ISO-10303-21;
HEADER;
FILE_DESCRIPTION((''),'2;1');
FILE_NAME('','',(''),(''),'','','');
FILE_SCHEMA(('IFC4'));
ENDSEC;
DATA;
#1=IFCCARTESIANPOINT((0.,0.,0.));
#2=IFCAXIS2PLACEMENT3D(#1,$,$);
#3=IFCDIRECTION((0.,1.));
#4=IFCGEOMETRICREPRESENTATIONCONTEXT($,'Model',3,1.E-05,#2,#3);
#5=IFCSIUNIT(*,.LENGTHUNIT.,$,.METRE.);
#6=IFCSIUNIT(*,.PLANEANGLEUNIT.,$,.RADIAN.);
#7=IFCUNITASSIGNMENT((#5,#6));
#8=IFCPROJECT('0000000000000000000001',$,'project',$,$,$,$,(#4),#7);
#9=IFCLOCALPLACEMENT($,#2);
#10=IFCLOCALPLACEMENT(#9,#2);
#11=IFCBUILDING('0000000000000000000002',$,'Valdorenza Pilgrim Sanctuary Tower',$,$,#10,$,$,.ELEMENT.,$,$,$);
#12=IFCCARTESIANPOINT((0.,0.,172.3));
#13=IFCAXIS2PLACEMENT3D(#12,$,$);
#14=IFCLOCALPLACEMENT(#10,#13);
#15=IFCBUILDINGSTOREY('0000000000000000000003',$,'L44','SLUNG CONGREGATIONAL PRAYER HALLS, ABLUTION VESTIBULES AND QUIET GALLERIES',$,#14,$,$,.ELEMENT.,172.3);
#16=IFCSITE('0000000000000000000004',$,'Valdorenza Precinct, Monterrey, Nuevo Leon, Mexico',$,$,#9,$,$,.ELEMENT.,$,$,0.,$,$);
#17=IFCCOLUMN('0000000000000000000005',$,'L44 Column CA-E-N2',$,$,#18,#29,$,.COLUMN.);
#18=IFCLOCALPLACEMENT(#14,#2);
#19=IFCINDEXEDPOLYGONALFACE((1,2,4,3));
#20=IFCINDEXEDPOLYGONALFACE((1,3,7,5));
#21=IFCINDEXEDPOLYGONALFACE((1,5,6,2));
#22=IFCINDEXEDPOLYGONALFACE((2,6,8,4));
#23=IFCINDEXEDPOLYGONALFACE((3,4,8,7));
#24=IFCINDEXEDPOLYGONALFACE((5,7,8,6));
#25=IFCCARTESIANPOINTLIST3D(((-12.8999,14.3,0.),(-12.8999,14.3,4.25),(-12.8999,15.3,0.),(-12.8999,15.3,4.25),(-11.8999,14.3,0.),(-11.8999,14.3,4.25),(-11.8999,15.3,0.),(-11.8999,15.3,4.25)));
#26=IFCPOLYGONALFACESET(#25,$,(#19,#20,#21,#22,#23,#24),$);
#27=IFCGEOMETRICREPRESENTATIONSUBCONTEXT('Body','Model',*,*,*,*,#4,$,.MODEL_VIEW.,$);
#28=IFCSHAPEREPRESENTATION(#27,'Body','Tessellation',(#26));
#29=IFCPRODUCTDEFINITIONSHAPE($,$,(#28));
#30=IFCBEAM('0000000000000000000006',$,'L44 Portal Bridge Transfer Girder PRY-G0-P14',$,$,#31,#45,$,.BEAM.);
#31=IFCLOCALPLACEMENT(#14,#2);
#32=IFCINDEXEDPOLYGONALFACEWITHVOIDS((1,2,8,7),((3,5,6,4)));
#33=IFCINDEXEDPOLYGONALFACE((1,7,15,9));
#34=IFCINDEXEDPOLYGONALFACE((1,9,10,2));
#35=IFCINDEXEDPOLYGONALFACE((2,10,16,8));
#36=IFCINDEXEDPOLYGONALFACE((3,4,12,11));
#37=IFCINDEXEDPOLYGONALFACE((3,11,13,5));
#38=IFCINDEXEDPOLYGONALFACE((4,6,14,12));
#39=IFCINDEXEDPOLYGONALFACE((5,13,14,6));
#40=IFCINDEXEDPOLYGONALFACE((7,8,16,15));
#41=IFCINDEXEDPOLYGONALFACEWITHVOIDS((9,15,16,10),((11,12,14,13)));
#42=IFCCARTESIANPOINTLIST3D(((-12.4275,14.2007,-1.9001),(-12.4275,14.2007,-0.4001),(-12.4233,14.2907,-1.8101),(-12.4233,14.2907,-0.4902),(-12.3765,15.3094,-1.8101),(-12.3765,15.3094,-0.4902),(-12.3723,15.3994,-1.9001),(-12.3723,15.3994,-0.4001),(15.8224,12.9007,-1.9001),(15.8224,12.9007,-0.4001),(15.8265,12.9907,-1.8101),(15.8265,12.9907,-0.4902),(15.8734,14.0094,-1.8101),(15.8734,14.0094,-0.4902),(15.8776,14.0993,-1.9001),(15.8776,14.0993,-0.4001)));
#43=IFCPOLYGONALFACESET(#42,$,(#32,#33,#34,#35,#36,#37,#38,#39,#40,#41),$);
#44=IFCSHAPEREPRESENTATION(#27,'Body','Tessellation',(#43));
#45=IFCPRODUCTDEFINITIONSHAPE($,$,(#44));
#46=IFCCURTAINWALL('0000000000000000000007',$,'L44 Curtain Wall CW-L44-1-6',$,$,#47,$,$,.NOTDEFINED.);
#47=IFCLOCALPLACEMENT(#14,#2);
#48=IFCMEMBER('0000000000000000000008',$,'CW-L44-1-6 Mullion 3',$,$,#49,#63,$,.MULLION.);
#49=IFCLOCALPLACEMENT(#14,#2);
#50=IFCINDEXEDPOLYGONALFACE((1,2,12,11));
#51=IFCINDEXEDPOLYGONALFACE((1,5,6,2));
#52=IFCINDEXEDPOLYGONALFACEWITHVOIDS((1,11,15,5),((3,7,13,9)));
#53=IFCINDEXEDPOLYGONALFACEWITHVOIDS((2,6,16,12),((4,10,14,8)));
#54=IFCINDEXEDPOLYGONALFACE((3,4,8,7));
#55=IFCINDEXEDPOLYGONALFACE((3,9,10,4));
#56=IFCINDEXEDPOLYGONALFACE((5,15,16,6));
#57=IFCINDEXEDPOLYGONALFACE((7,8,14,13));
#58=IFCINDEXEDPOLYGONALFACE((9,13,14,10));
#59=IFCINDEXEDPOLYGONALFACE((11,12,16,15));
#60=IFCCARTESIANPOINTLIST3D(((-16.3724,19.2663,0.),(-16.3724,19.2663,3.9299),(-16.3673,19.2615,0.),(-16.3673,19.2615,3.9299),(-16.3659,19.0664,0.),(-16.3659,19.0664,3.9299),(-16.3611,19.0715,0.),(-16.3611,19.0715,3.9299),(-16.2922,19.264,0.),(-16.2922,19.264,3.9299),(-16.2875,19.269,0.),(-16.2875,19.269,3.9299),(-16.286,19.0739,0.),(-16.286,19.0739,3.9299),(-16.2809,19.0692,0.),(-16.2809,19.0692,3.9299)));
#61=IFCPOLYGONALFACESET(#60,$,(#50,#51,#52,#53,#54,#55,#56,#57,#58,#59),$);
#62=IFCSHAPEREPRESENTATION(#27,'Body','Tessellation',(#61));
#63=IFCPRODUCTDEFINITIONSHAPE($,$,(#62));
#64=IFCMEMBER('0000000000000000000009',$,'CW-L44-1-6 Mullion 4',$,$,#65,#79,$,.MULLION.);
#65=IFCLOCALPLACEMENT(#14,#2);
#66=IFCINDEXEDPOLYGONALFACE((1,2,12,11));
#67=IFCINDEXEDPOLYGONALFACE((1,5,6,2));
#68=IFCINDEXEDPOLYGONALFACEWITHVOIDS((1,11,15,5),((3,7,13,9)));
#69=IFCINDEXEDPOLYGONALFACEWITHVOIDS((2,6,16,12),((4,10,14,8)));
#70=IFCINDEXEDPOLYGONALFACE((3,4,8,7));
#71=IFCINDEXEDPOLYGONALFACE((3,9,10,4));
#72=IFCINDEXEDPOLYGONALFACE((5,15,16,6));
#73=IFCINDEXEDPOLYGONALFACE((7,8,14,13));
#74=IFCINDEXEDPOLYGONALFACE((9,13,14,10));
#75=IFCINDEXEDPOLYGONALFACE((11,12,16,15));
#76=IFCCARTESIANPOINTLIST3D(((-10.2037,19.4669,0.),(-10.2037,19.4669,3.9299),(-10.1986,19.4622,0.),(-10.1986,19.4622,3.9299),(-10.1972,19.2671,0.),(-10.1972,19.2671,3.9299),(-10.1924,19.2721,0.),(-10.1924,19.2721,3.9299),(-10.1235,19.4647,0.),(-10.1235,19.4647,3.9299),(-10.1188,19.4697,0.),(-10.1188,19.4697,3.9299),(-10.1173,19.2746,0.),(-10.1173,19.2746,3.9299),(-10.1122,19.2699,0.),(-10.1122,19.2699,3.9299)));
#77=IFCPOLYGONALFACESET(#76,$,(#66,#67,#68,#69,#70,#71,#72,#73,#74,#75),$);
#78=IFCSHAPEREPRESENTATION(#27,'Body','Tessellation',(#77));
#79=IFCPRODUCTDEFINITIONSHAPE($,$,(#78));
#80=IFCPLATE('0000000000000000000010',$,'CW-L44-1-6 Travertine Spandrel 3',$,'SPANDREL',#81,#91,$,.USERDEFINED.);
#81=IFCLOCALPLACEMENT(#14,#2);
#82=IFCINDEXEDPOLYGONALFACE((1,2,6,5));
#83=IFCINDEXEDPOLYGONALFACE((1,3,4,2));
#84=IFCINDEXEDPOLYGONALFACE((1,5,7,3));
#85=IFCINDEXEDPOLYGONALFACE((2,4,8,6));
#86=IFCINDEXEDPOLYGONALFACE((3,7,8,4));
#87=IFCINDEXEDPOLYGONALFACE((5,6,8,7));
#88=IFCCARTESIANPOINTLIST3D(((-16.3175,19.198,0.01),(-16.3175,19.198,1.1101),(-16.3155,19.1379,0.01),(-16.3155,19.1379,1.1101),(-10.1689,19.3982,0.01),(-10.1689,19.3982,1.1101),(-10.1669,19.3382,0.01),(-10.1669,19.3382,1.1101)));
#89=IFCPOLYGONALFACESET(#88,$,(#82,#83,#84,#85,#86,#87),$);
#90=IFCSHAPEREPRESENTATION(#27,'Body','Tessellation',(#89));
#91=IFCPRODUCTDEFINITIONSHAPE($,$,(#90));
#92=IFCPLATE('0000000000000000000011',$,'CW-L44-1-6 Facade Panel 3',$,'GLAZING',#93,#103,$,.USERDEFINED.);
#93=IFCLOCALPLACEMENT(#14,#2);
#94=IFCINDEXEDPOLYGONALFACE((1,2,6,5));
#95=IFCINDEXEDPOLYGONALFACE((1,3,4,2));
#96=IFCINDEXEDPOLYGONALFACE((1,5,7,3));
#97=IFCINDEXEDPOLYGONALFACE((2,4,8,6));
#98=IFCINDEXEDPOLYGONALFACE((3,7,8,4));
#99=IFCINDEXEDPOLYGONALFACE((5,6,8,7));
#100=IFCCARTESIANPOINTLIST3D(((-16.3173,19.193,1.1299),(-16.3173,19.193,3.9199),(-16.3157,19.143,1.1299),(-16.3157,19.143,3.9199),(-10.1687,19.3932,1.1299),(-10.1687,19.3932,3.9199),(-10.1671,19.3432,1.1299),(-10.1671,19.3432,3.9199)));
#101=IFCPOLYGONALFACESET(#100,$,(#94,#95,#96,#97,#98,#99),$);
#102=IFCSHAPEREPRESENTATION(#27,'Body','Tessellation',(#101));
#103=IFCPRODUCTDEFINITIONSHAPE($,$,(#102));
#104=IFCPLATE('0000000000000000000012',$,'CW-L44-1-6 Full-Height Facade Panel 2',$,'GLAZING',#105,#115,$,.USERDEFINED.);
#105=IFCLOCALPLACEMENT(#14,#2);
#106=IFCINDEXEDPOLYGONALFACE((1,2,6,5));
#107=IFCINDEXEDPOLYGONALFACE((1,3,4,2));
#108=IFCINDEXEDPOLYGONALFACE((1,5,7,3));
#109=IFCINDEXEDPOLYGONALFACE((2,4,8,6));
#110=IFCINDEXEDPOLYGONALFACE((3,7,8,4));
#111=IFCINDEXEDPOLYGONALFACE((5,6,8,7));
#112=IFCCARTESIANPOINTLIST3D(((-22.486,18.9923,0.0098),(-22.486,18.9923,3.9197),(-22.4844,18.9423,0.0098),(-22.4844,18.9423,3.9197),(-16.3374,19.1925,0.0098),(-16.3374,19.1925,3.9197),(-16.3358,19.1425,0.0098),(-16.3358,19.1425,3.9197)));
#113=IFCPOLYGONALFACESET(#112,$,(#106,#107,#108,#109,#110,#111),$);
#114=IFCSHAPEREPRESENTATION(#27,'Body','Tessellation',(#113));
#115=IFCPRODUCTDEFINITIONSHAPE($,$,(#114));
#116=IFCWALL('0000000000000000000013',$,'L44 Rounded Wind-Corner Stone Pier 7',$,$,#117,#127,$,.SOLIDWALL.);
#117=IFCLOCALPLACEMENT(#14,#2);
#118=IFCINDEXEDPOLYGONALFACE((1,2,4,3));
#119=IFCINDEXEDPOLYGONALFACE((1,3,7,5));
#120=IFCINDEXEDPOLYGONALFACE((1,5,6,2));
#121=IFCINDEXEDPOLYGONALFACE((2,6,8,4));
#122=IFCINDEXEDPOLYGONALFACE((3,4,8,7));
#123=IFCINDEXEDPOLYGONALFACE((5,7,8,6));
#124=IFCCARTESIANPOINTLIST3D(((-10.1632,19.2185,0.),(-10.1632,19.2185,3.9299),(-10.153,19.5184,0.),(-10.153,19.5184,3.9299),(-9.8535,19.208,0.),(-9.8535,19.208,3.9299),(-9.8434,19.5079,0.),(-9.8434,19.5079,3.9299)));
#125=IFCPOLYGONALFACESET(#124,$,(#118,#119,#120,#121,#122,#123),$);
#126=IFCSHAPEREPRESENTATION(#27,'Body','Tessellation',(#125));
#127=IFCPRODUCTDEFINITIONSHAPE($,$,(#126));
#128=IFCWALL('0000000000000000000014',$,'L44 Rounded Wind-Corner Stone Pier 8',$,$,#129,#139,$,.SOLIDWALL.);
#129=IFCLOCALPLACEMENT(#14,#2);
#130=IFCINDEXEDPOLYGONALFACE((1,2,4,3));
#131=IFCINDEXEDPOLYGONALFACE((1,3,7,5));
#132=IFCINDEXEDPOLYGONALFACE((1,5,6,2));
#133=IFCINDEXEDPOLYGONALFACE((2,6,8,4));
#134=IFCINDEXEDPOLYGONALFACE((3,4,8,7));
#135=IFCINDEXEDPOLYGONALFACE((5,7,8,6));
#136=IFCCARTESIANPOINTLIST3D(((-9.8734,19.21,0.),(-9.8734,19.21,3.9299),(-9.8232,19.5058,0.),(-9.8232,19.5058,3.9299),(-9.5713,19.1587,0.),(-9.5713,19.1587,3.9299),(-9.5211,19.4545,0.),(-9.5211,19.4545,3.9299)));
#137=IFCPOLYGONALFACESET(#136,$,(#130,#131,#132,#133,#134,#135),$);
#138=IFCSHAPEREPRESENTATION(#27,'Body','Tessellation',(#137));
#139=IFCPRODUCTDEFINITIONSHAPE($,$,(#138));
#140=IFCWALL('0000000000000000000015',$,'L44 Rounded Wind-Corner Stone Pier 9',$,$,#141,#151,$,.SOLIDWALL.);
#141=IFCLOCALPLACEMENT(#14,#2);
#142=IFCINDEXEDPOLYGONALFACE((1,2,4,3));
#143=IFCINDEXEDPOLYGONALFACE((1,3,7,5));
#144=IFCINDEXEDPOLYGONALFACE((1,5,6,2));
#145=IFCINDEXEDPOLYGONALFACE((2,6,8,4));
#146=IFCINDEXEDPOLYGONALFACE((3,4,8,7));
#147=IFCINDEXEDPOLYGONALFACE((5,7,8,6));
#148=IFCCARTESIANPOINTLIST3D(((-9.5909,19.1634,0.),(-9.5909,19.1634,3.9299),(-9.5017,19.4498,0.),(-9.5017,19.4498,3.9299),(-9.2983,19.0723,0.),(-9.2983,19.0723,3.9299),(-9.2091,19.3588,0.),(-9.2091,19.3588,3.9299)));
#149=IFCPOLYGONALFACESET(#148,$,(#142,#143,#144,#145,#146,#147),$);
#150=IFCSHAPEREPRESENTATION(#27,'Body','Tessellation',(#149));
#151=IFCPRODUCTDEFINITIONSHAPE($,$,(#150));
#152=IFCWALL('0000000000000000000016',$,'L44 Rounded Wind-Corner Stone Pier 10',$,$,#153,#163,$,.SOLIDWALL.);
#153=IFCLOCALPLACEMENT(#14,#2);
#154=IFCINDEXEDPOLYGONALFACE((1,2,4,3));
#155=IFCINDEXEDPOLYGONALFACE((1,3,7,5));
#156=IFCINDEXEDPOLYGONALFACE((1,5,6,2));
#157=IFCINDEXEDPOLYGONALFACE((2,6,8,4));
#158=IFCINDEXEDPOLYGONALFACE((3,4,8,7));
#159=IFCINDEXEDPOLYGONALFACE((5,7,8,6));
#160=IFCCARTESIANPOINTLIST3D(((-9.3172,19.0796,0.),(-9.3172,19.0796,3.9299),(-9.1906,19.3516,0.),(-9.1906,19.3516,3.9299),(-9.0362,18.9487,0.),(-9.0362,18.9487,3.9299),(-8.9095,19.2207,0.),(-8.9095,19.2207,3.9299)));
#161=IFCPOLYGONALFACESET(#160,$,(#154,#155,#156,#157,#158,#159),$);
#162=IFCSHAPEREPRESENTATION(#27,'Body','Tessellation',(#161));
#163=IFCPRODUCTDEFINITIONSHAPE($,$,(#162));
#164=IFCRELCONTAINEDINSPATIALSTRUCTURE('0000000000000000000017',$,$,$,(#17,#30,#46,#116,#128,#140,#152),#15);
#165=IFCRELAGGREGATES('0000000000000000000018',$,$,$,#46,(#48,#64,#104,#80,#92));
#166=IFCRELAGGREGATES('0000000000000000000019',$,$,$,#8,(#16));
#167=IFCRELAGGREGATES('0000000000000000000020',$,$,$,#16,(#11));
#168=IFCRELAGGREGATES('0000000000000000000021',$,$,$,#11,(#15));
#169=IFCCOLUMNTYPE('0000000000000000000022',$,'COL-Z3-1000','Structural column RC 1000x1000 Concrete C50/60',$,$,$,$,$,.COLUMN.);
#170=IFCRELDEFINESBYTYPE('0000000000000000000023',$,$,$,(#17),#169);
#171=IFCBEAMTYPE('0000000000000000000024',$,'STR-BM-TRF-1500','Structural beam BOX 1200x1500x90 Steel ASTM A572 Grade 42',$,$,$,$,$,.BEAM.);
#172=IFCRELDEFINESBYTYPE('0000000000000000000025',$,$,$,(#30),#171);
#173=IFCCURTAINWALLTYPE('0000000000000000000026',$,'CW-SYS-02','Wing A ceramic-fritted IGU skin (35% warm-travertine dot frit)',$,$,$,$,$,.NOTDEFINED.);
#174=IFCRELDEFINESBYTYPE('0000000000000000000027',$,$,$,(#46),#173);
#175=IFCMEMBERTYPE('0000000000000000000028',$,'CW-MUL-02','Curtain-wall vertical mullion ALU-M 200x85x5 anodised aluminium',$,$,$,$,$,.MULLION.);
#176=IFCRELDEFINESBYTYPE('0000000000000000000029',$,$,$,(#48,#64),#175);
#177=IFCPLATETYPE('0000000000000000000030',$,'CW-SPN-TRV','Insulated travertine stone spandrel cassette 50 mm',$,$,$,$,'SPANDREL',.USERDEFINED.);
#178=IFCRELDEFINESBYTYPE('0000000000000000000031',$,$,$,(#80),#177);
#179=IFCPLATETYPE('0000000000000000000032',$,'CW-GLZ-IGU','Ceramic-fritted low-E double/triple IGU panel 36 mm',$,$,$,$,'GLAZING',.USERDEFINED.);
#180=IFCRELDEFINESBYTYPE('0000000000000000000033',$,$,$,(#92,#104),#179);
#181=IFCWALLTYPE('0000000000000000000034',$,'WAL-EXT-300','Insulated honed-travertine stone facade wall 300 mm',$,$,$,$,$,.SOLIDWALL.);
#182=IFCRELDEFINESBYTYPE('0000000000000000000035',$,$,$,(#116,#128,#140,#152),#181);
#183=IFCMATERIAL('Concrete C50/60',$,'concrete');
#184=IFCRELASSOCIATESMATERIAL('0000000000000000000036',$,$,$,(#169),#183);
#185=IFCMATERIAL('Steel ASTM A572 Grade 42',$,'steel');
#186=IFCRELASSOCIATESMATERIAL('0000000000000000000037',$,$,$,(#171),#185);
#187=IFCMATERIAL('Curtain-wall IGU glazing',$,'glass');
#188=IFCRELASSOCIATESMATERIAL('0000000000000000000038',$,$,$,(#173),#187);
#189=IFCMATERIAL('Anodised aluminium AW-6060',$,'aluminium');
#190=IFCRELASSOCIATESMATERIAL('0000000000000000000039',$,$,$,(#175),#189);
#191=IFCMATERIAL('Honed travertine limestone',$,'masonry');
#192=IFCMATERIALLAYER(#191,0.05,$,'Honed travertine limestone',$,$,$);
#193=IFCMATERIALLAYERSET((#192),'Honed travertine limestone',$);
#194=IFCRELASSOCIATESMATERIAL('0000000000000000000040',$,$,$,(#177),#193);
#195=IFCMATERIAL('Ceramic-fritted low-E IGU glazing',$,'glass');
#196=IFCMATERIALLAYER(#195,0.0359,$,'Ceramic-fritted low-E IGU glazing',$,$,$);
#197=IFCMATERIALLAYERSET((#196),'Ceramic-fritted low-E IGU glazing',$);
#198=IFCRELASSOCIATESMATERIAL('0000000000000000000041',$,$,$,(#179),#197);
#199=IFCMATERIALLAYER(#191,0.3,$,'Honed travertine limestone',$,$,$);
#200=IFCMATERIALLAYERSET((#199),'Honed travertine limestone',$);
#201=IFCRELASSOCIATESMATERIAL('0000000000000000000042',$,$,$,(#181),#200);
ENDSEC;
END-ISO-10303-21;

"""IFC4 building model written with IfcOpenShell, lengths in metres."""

from ifc_helpers import new_model, si_unit, direction, frame, frame_2d, origin, origin_2d, place, context, subcontext, project, spatial, rectangle, hollow_rectangle, extrude, source, transform, mapped, material, layer, layer_set, material_profile, profile_set, type_object, element, aggregate, save


model = new_model("IFC4")

# Units and contexts
model_context = context("Model", 3, precision=1e-05, world=origin(), true_north=direction((0.0, 1.0)))
body_context = subcontext(model_context, "Body", "Model", "MODEL_VIEW")
ifc_project = project(units=[si_unit("LENGTHUNIT", "METRE"), si_unit("PLANEANGLEUNIT", "RADIAN")], contexts=[model_context])

# Site, building, storey
site_placement = place(None, origin())
site = spatial("IfcSite", under=ifc_project, at=site_placement, Name="Valdorenza Precinct, Monterrey, Nuevo Leon, Mexico", CompositionType="ELEMENT", RefElevation=0.0)
building_placement = place(site_placement, origin())
building = spatial("IfcBuilding", under=site, at=building_placement, Name="Valdorenza Pilgrim Sanctuary Tower", CompositionType="ELEMENT")
storey_placement = place(building_placement, frame((0.0, 0.0, 172.3)))
storey = spatial("IfcBuildingStorey", under=building, at=storey_placement, Name="L44", Description="SLUNG CONGREGATIONAL PRAYER HALLS, ABLUTION VESTIBULES AND QUIET GALLERIES", CompositionType="ELEMENT", Elevation=172.3)

# Column
ifc_material_1 = material(Name="Concrete C50/60", Category="concrete")
ifc_material_profile_1 = material_profile(ifc_material_1, rectangle(XDim=1.0, YDim=1.0, at=origin_2d()), Name="RC 1000x1000")
ifc_profile_set_1 = profile_set([ifc_material_profile_1], Name="Concrete C50/60")
column_type = type_object("IfcColumnType", Name="COL-Z3-1000", Description="Structural column RC 1000x1000 Concrete C50/60", PredefinedType="COLUMN", material=ifc_profile_set_1)
shared_shape_1 = source(origin(), body_context, "Body", "SweptSolid", [
    extrude(rectangle(XDim=1.0, YDim=1.0, at=origin_2d()), origin(), (0.0, 0.0, 1.0), 4.25),
])
column_placement = place(storey_placement, frame((-12.3999, 14.8, 0.0), z_axis=(0.0, 0.0, 1.0), x_axis=(1.0, 0.0, 0.0)))
element("IfcColumn", 1, at=column_placement, inside=storey, type_object=column_type, Name="L44 Column CA-E-N2", PredefinedType="COLUMN", context=body_context, shape_type="MappedRepresentation", body=[
    mapped(shared_shape_1, transform((0.0, 0.0, 0.0), x_axis=(1.0, 0.0, 0.0), y_axis=(0.0, 1.0, 0.0), z_axis=(0.0, 0.0, 1.0), scale=1.0)),
])

# Beam
ifc_material_2 = material(Name="Steel ASTM A572 Grade 42", Category="steel")
ifc_material_profile_2 = material_profile(ifc_material_2, hollow_rectangle(XDim=1.2, YDim=1.5, WallThickness=0.0901, at=origin_2d()), Name="BOX 1200x1500x90")
ifc_profile_set_2 = profile_set([ifc_material_profile_2], Name="Steel ASTM A572 Grade 42")
beam_type = type_object("IfcBeamType", Name="STR-BM-TRF-1500", Description="Structural beam BOX 1200x1500x90 Steel ASTM A572 Grade 42", PredefinedType="BEAM", material=ifc_profile_set_2)
shared_shape_2 = source(origin(), body_context, "Body", "SweptSolid", [
    extrude(hollow_rectangle(XDim=1.2, YDim=1.5, WallThickness=0.0901, at=origin_2d()), origin(), (0.0, 0.0, 1.0), 28.2798),
])
beam_placement = place(storey_placement, frame((-12.3999, 14.8, -1.1501), z_axis=(0.998943, -0.045971, 0.0), x_axis=(0.045971, 0.998943, 0.0)))
element("IfcBeam", 2, at=beam_placement, inside=storey, type_object=beam_type, Name="L44 Portal Bridge Transfer Girder PRY-G0-P14", PredefinedType="BEAM", context=body_context, shape_type="MappedRepresentation", body=[
    mapped(shared_shape_2, transform((0.0, 0.0, 0.0), x_axis=(1.0, 0.0, 0.0), y_axis=(0.0, 1.0, 0.0), z_axis=(0.0, 0.0, 1.0), scale=1.0)),
])

# Curtain wall, members, plates
ifc_material_3 = material(Name="Curtain-wall IGU glazing", Category="glass")
curtain_wall_type = type_object("IfcCurtainWallType", Name="CW-SYS-02", Description="Wing A ceramic-fritted IGU skin (35% warm-travertine dot frit)", PredefinedType="NOTDEFINED", material=ifc_material_3)
curtain_wall_placement = place(storey_placement, origin())
curtain_wall = element("IfcCurtainWall", 3, at=curtain_wall_placement, inside=storey, type_object=curtain_wall_type, Name="L44 Curtain Wall CW-L44-1-6", PredefinedType="NOTDEFINED")
ifc_material_4 = material(Name="Anodised aluminium AW-6060", Category="aluminium")
ifc_material_profile_3 = material_profile(ifc_material_4, hollow_rectangle(XDim=0.085, YDim=0.2, WallThickness=0.0049, at=origin_2d()), Name="ALU-M 200x85x5")
ifc_profile_set_3 = profile_set([ifc_material_profile_3], Name="Anodised aluminium AW-6060")
member_type = type_object("IfcMemberType", Name="CW-MUL-02", Description="Curtain-wall vertical mullion ALU-M 200x85x5 anodised aluminium", PredefinedType="MULLION", material=ifc_profile_set_3)
shared_shape_3 = source(origin(), body_context, "Body", "SweptSolid", [
    extrude(hollow_rectangle(XDim=0.085, YDim=0.2, WallThickness=0.0049, at=origin_2d()), origin(), (0.0, 0.0, 1.0), 3.9299),
])
member_1_placement = place(storey_placement, frame((-16.3267, 19.1677, 0.0), z_axis=(0.0, 0.0, 1.0), x_axis=(0.99947, 0.032545, 0.0)))
member_1 = element("IfcMember", 4, at=member_1_placement, type_object=member_type, Name="CW-L44-1-6 Mullion 3", PredefinedType="MULLION", context=body_context, shape_type="MappedRepresentation", body=[
    mapped(shared_shape_3, transform((0.0, 0.0, 0.0), x_axis=(1.0, 0.0, 0.0), y_axis=(0.0, 1.0, 0.0), z_axis=(0.0, 0.0, 1.0), scale=1.0)),
])
member_2_placement = place(storey_placement, frame((-10.158, 19.3684, 0.0), z_axis=(0.0, 0.0, 1.0), x_axis=(0.99947, 0.032545, 0.0)))
member_2 = element("IfcMember", 5, at=member_2_placement, type_object=member_type, Name="CW-L44-1-6 Mullion 4", PredefinedType="MULLION", context=body_context, shape_type="MappedRepresentation", body=[
    mapped(shared_shape_3, transform((0.0, 0.0, 0.0), x_axis=(1.0, 0.0, 0.0), y_axis=(0.0, 1.0, 0.0), z_axis=(0.0, 0.0, 1.0), scale=1.0)),
])
ifc_material_5 = material(Name="Honed travertine limestone", Category="masonry")
ifc_layer_1 = layer(ifc_material_5, 0.05, Name="Honed travertine limestone")
ifc_layer_set_1 = layer_set([ifc_layer_1], Name="Honed travertine limestone")
plate_type_1 = type_object("IfcPlateType", Name="CW-SPN-TRV", Description="Insulated travertine stone spandrel cassette 50 mm", ElementType="SPANDREL", PredefinedType="USERDEFINED", material=ifc_layer_set_1)
shared_shape_4 = source(origin(), body_context, "Body", "SweptSolid", [
    extrude(rectangle(XDim=6.1519, YDim=0.0601, at=origin_2d()), origin(), (0.0, 0.0, 1.0), 1.1001),
])
plate_1_placement = place(storey_placement, frame((-13.2422, 19.2681, 0.01), z_axis=(0.0, 0.0, 1.0), x_axis=(0.99947, 0.032545, 0.0)))
plate_1 = element("IfcPlate", 6, at=plate_1_placement, type_object=plate_type_1, Name="CW-L44-1-6 Travertine Spandrel 3", ObjectType="SPANDREL", PredefinedType="USERDEFINED", context=body_context, shape_type="MappedRepresentation", body=[
    mapped(shared_shape_4, transform((0.0, 0.0, 0.0), x_axis=(1.0, 0.0, 0.0), y_axis=(0.0, 1.0, 0.0), z_axis=(0.0, 0.0, 1.0), scale=1.0)),
])
ifc_material_6 = material(Name="Ceramic-fritted low-E IGU glazing", Category="glass")
ifc_layer_2 = layer(ifc_material_6, 0.0359, Name="Ceramic-fritted low-E IGU glazing")
ifc_layer_set_2 = layer_set([ifc_layer_2], Name="Ceramic-fritted low-E IGU glazing")
plate_type_2 = type_object("IfcPlateType", Name="CW-GLZ-IGU", Description="Ceramic-fritted low-E double/triple IGU panel 36 mm", ElementType="GLAZING", PredefinedType="USERDEFINED", material=ifc_layer_set_2)
shared_shape_5 = source(origin(), body_context, "Body", "SweptSolid", [
    extrude(rectangle(XDim=6.1519, YDim=0.05, at=origin_2d()), origin(), (0.0, 0.0, 1.0), 2.79),
])
plate_2_placement = place(storey_placement, frame((-13.2422, 19.2681, 1.1299), z_axis=(0.0, 0.0, 1.0), x_axis=(0.99947, 0.032545, 0.0)))
plate_2 = element("IfcPlate", 7, at=plate_2_placement, type_object=plate_type_2, Name="CW-L44-1-6 Facade Panel 3", ObjectType="GLAZING", PredefinedType="USERDEFINED", context=body_context, shape_type="MappedRepresentation", body=[
    mapped(shared_shape_5, transform((0.0, 0.0, 0.0), x_axis=(1.0, 0.0, 0.0), y_axis=(0.0, 1.0, 0.0), z_axis=(0.0, 0.0, 1.0), scale=1.0)),
])
shared_shape_6 = source(origin(), body_context, "Body", "SweptSolid", [
    extrude(rectangle(XDim=6.1519, YDim=0.05, at=origin_2d()), origin(), (0.0, 0.0, 1.0), 3.9099),
])
plate_3_placement = place(storey_placement, frame((-19.4109, 19.0674, 0.0098), z_axis=(0.0, 0.0, 1.0), x_axis=(0.99947, 0.032545, 0.0)))
plate_3 = element("IfcPlate", 8, at=plate_3_placement, type_object=plate_type_2, Name="CW-L44-1-6 Full-Height Facade Panel 2", ObjectType="GLAZING", PredefinedType="USERDEFINED", context=body_context, shape_type="MappedRepresentation", body=[
    mapped(shared_shape_6, transform((0.0, 0.0, 0.0), x_axis=(1.0, 0.0, 0.0), y_axis=(0.0, 1.0, 0.0), z_axis=(0.0, 0.0, 1.0), scale=1.0)),
])
aggregate(curtain_wall, [member_1, member_2, plate_3, plate_1, plate_2])

# Walls
ifc_layer_3 = layer(ifc_material_5, 0.3, Name="Honed travertine limestone")
ifc_layer_set_3 = layer_set([ifc_layer_3], Name="Honed travertine limestone")
wall_type_1 = type_object("IfcWallType", Name="WAL-EXT-300", Description="Insulated honed-travertine stone facade wall 300 mm", PredefinedType="SOLIDWALL", material=ifc_layer_set_3)
wall_1_placement = place(storey_placement, frame((-10.158, 19.3684, 0.0), z_axis=(0.0, 0.0, 1.0), x_axis=(0.999425, -0.033892, 0.0)))
element("IfcWall", 9, at=wall_1_placement, inside=storey, type_object=wall_type_1, Name="L44 Rounded Wind-Corner Stone Pier 7", PredefinedType="SOLIDWALL", context=body_context, shape_type="SweptSolid", body=[
    extrude(rectangle(XDim=0.3098, YDim=0.3, at=frame_2d((0.1548, 0.0))), origin(), (0.0, 0.0, 1.0), 3.9299),
])
for number, where, z_axis, x_axis, name in (
    (10, (-9.8484, 19.3579, 0.0), (0.0, 0.0, 1.0), (0.985894, -0.167371, 0.0), "L44 Rounded Wind-Corner Stone Pier 8"),
    (11, (-9.5464, 19.3066, 0.0), (0.0, 0.0, 1.0), (0.954791, -0.297276, 0.0), "L44 Rounded Wind-Corner Stone Pier 9"),
):
    element("IfcWall", number, at=place(storey_placement, frame(where, z_axis=z_axis, x_axis=x_axis)), inside=storey, type_object=wall_type_1, Name=name, PredefinedType="SOLIDWALL", context=body_context, shape_type="SweptSolid", body=[
        extrude(rectangle(XDim=0.3064, YDim=0.3, at=frame_2d((0.1533, 0.0))), origin(), (0.0, 0.0, 1.0), 3.9299),
    ])
wall_2_placement = place(storey_placement, frame((-9.2539, 19.2156, 0.0), z_axis=(0.0, 0.0, 1.0), x_axis=(0.906525, -0.422152, 0.0)))
element("IfcWall", 12, at=wall_2_placement, inside=storey, type_object=wall_type_1, Name="L44 Rounded Wind-Corner Stone Pier 10", PredefinedType="SOLIDWALL", context=body_context, shape_type="SweptSolid", body=[
    extrude(rectangle(XDim=0.3101, YDim=0.3, at=frame_2d((0.155, 0.0))), origin(), (0.0, 0.0, 1.0), 3.9299),
])

save(model, "model.ifc")
